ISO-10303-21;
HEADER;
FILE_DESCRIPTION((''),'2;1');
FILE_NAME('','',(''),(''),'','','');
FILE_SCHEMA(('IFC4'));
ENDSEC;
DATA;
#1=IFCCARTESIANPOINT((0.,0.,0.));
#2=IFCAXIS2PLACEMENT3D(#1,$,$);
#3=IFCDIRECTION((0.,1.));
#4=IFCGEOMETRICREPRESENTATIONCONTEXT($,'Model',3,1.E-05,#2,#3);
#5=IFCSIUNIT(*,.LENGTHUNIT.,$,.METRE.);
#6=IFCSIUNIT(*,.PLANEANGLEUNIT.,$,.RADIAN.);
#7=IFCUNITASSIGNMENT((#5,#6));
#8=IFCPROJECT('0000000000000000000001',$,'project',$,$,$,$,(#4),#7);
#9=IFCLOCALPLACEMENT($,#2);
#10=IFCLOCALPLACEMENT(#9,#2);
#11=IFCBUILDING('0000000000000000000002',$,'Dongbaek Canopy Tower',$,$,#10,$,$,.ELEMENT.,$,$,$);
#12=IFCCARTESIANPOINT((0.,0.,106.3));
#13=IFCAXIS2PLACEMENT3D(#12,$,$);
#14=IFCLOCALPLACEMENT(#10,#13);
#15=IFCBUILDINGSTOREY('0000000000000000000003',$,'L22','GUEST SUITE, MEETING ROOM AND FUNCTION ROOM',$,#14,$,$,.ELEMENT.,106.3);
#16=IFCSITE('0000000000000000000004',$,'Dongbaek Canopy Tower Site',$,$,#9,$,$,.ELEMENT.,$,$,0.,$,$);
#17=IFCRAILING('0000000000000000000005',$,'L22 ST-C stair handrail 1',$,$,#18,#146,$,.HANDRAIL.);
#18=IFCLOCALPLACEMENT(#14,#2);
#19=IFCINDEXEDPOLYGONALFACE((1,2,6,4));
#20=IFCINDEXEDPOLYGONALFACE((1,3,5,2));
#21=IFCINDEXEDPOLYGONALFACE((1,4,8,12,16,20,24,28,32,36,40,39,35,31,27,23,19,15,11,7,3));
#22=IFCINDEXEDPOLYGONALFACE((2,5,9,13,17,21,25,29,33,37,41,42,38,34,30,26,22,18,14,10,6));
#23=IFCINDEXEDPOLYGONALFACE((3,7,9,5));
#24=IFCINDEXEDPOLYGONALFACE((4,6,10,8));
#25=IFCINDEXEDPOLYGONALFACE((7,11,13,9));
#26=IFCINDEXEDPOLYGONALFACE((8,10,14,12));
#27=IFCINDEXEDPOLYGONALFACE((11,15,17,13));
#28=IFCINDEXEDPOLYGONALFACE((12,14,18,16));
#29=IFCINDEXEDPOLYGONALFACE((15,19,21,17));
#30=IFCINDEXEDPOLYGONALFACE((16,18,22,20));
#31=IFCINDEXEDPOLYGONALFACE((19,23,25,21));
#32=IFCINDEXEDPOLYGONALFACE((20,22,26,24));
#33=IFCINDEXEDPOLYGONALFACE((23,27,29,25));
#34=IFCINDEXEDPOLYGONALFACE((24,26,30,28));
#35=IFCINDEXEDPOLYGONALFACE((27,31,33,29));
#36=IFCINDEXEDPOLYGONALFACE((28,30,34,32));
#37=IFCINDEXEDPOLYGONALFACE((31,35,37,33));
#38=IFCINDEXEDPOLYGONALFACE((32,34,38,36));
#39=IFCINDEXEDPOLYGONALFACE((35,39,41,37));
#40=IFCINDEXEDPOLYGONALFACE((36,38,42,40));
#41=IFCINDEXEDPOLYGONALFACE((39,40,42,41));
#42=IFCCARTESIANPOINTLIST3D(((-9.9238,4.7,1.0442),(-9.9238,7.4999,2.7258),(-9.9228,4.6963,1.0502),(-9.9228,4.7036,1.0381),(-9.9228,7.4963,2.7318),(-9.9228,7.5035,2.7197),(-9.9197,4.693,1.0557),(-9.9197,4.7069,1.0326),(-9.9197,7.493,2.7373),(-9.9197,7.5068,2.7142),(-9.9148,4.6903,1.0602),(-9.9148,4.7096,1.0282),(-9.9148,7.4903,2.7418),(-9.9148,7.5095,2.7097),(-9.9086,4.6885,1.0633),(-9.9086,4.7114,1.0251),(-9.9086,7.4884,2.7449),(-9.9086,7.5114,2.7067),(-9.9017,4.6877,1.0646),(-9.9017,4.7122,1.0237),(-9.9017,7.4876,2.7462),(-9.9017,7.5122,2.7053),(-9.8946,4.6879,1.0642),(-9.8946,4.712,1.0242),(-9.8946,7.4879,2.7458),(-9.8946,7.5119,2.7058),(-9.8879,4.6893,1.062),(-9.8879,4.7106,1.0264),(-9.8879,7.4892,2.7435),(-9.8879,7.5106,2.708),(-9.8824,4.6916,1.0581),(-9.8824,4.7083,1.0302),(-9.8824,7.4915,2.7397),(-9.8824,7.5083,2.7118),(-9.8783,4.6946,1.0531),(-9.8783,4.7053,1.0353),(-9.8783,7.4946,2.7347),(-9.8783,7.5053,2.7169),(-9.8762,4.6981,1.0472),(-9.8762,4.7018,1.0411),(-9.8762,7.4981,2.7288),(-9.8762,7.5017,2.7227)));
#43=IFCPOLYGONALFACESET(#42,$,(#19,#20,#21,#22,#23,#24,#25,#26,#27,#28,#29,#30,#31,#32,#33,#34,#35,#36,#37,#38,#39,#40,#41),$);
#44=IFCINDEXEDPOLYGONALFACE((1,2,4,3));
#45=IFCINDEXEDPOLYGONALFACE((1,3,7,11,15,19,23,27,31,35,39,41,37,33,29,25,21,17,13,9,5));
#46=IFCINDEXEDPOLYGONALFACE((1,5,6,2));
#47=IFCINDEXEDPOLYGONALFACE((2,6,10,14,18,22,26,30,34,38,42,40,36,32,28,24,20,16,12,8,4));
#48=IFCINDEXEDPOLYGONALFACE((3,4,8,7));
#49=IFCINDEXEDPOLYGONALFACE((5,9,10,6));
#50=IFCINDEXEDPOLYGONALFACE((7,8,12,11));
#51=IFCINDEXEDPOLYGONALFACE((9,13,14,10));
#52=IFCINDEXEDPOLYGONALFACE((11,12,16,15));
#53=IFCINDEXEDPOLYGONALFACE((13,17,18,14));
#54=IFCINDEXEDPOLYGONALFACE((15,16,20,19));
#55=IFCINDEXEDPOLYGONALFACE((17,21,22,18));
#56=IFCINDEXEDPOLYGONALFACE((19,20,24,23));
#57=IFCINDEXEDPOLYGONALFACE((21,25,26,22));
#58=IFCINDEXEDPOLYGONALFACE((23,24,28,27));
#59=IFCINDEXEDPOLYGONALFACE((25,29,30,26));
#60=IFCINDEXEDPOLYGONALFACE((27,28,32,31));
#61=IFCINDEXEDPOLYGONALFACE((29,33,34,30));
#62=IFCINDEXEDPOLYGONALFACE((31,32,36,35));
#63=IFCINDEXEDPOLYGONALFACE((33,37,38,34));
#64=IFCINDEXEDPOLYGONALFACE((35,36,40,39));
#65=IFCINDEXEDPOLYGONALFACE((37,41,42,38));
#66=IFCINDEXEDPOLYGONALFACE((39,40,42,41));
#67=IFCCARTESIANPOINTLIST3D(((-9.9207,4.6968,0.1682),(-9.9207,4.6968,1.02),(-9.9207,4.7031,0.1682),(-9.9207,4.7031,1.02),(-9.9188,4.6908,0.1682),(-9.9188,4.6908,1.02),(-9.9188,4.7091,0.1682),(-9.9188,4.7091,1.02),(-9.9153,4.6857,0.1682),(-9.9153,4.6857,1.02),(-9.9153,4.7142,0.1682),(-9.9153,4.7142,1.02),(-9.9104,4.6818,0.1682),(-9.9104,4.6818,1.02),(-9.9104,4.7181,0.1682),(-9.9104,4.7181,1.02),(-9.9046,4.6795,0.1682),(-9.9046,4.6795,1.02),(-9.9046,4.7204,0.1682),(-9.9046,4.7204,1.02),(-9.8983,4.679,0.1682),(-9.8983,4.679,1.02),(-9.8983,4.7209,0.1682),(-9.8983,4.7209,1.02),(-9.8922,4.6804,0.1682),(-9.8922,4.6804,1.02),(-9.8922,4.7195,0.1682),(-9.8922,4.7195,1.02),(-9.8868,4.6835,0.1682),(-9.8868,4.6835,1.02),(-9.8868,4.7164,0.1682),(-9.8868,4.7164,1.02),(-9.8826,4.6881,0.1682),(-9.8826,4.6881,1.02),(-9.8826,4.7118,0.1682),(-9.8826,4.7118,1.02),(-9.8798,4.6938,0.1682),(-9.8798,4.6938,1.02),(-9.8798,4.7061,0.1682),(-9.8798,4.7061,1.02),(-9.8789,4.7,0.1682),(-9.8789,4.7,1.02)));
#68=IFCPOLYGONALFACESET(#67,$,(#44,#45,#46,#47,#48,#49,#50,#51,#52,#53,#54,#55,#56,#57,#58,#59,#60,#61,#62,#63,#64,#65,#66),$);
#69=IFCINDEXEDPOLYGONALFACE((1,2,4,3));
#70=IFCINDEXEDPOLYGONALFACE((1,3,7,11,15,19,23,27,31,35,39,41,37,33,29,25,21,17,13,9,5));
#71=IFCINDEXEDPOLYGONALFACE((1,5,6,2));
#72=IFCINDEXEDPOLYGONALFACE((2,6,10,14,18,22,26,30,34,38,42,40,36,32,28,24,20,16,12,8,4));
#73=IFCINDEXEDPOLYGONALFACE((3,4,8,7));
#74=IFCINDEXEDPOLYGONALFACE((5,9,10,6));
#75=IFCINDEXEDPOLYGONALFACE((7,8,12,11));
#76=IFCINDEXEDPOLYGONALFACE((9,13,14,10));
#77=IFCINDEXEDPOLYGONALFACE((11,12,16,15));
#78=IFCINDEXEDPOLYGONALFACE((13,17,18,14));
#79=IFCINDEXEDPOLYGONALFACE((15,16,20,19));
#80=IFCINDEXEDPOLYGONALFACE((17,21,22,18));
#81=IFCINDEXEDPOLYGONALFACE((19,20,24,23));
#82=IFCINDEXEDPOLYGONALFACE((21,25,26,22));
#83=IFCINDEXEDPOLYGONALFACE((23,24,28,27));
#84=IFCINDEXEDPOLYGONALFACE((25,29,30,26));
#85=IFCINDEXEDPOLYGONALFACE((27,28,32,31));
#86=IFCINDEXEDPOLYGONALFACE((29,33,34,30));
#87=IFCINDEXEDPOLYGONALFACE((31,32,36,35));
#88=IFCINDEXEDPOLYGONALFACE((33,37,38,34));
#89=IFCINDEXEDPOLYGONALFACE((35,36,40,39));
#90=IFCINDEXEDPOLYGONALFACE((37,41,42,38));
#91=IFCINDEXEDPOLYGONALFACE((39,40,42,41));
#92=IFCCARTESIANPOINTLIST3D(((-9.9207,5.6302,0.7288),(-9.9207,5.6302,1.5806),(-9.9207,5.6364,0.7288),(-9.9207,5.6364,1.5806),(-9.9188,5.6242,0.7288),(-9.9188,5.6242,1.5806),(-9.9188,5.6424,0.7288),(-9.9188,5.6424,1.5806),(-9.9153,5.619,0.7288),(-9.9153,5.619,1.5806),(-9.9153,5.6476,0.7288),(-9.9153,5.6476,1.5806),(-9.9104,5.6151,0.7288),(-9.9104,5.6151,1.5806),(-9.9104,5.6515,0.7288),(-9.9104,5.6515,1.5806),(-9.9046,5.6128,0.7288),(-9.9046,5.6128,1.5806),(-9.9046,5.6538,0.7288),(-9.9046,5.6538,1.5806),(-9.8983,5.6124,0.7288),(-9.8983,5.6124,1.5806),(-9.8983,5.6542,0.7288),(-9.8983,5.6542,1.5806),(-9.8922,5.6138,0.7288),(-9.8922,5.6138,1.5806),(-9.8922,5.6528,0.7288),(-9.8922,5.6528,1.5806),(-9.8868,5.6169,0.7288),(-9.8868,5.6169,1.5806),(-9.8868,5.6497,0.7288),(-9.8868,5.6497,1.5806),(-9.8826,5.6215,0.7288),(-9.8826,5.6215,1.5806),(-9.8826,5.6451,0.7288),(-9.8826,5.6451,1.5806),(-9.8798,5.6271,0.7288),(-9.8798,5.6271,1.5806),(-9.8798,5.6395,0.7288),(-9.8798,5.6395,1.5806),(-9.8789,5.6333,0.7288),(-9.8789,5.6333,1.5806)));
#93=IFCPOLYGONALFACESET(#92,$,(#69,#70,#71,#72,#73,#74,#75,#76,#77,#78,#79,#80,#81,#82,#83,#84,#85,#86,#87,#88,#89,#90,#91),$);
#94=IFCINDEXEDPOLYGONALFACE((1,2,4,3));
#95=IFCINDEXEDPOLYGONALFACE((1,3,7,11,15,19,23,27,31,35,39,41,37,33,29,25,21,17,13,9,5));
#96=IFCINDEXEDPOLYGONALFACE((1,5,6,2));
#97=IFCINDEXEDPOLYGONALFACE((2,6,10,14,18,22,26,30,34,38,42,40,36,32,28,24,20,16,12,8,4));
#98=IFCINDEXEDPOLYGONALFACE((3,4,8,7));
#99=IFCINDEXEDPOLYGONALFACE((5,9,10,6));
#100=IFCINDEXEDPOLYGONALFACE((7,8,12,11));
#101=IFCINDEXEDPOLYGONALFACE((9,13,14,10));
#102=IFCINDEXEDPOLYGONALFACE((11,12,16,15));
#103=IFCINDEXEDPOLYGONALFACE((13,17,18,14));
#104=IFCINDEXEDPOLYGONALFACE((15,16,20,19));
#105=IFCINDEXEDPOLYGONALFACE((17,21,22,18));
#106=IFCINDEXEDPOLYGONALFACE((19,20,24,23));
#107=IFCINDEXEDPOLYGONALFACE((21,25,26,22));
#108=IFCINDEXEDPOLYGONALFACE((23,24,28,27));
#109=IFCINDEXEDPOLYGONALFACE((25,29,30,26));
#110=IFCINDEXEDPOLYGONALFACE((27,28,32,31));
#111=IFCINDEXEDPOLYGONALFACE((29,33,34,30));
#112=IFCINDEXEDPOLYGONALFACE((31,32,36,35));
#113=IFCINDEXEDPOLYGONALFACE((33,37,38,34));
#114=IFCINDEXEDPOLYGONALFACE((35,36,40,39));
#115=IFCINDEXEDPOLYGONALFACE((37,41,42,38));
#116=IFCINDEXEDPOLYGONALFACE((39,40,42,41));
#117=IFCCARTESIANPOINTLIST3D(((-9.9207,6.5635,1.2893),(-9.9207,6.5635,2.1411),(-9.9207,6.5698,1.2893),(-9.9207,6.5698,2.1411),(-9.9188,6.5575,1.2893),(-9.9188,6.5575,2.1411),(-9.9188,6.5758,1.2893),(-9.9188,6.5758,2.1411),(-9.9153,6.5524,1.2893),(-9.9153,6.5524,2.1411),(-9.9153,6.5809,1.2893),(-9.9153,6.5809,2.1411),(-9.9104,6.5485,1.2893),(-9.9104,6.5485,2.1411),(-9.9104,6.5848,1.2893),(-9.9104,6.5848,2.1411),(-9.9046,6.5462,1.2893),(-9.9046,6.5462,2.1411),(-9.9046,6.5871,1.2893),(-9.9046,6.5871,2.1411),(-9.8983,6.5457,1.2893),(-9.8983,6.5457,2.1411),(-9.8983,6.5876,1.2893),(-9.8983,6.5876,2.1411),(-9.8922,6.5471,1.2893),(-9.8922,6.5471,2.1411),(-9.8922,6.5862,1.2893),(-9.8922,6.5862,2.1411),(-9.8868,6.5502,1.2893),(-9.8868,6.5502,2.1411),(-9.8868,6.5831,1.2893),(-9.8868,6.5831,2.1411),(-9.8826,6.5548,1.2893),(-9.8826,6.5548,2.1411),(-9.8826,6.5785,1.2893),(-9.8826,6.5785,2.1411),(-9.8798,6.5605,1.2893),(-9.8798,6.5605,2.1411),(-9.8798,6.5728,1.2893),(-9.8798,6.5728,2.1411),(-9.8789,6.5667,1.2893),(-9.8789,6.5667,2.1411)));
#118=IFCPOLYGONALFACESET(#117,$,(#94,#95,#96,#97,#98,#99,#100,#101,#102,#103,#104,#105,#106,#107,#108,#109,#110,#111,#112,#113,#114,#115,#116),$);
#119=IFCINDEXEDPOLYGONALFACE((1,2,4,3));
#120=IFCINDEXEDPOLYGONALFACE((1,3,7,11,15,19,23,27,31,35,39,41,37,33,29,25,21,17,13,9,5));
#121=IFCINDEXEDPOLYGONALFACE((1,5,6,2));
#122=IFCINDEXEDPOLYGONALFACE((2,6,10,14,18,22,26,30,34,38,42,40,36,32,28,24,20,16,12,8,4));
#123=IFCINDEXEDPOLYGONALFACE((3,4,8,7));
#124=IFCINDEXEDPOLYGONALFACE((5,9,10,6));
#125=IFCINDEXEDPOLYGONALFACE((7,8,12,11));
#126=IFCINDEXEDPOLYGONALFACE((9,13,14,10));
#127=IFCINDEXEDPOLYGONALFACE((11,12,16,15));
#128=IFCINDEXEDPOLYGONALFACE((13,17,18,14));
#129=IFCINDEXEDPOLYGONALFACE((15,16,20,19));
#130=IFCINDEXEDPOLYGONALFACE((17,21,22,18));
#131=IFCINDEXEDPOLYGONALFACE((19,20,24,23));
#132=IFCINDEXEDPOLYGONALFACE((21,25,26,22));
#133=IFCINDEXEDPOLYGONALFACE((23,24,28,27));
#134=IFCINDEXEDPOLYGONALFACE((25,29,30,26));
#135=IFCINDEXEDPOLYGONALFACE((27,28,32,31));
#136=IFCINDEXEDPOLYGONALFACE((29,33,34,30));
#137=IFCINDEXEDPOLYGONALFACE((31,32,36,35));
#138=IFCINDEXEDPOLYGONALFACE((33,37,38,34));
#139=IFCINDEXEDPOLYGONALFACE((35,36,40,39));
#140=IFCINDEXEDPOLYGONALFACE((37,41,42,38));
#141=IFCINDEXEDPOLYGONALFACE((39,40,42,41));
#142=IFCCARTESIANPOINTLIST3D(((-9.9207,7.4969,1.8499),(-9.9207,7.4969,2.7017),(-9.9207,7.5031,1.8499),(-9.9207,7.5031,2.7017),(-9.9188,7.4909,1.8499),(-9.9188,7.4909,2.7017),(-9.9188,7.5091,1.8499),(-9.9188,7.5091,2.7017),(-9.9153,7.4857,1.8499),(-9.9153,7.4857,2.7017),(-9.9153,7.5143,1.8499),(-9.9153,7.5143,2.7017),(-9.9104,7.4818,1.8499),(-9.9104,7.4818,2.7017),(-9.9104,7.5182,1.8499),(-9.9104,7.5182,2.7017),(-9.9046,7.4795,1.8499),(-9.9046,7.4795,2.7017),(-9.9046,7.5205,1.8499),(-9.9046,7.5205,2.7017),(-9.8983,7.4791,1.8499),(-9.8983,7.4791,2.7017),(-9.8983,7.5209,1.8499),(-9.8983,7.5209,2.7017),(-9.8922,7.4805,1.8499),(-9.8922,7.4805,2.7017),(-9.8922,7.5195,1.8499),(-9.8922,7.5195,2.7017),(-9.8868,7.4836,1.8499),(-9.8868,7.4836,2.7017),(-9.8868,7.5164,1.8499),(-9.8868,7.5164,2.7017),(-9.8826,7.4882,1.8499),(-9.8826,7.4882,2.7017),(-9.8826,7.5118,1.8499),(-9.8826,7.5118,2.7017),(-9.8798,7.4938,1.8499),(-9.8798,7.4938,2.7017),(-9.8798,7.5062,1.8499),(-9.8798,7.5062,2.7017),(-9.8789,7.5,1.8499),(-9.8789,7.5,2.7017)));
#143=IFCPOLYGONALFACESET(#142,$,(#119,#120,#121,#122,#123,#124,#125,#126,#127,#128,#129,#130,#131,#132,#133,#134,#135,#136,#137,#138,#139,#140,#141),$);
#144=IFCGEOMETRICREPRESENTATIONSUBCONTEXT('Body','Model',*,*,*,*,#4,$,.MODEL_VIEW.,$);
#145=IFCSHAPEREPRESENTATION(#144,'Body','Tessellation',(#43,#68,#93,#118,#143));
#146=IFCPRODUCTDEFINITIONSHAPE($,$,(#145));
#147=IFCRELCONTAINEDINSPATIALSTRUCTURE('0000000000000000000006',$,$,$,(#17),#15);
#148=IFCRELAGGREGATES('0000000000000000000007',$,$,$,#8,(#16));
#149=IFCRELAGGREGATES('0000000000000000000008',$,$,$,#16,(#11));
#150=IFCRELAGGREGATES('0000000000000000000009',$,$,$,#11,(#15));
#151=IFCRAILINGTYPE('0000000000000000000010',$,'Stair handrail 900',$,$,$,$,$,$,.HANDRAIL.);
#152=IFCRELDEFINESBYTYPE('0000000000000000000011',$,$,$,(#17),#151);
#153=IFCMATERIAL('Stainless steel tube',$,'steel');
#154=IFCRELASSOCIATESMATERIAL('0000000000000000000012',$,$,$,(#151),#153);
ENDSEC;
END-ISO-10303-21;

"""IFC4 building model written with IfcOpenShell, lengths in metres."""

from ifc_helpers import new_model, si_unit, direction, frame, origin, origin_2d, place, context, subcontext, project, spatial, circle, extrude, material, type_object, element, save


model = new_model("IFC4")

# Units and contexts
model_context = context("Model", 3, precision=1e-05, world=origin(), true_north=direction((0.0, 1.0)))
body_context = subcontext(model_context, "Body", "Model", "MODEL_VIEW")
ifc_project = project(units=[si_unit("LENGTHUNIT", "METRE"), si_unit("PLANEANGLEUNIT", "RADIAN")], contexts=[model_context])

# Site, building, storey
site_placement = place(None, origin())
site = spatial("IfcSite", under=ifc_project, at=site_placement, Name="Dongbaek Canopy Tower Site", CompositionType="ELEMENT", RefElevation=0.0)
building_placement = place(site_placement, origin())
building = spatial("IfcBuilding", under=site, at=building_placement, Name="Dongbaek Canopy Tower", CompositionType="ELEMENT")
storey_placement = place(building_placement, frame((0.0, 0.0, 106.3)))
storey = spatial("IfcBuildingStorey", under=building, at=storey_placement, Name="L22", Description="GUEST SUITE, MEETING ROOM AND FUNCTION ROOM", CompositionType="ELEMENT", Elevation=106.3)

# Railing
ifc_material_1 = material(Name="Stainless steel tube", Category="steel")
railing_type_1 = type_object("IfcRailingType", Name="Stair handrail 900", PredefinedType="HANDRAIL", material=ifc_material_1)
railing_1_placement = place(storey_placement, frame((-9.8999, 4.7, 0.1682)))
element("IfcRailing", 1, at=railing_1_placement, inside=storey, type_object=railing_type_1, Name="L22 ST-C stair handrail 1", PredefinedType="HANDRAIL", context=body_context, shape_type="SweptSolid", body=[
    extrude(circle(Radius=0.0239, at=origin_2d()), frame((0.0, 0.0, 0.876), z_axis=(0.0, 0.857275, 0.514858), x_axis=(-1.0, 0.0, 0.0)), (0.0, 0.0, 1.0), 3.2661),
    extrude(circle(Radius=0.021, at=origin_2d()), origin(), (0.0, 0.0, 1.0), 0.8518),
    extrude(circle(Radius=0.021, at=origin_2d()), frame((0.0, 0.9333, 0.5605)), (0.0, 0.0, 1.0), 0.8518),
    extrude(circle(Radius=0.021, at=origin_2d()), frame((0.0, 1.8667, 1.1211)), (0.0, 0.0, 1.0), 0.8518),
    extrude(circle(Radius=0.021, at=origin_2d()), frame((0.0, 2.8, 1.6816)), (0.0, 0.0, 1.0), 0.8518),
])

save(model, "model.ifc")
